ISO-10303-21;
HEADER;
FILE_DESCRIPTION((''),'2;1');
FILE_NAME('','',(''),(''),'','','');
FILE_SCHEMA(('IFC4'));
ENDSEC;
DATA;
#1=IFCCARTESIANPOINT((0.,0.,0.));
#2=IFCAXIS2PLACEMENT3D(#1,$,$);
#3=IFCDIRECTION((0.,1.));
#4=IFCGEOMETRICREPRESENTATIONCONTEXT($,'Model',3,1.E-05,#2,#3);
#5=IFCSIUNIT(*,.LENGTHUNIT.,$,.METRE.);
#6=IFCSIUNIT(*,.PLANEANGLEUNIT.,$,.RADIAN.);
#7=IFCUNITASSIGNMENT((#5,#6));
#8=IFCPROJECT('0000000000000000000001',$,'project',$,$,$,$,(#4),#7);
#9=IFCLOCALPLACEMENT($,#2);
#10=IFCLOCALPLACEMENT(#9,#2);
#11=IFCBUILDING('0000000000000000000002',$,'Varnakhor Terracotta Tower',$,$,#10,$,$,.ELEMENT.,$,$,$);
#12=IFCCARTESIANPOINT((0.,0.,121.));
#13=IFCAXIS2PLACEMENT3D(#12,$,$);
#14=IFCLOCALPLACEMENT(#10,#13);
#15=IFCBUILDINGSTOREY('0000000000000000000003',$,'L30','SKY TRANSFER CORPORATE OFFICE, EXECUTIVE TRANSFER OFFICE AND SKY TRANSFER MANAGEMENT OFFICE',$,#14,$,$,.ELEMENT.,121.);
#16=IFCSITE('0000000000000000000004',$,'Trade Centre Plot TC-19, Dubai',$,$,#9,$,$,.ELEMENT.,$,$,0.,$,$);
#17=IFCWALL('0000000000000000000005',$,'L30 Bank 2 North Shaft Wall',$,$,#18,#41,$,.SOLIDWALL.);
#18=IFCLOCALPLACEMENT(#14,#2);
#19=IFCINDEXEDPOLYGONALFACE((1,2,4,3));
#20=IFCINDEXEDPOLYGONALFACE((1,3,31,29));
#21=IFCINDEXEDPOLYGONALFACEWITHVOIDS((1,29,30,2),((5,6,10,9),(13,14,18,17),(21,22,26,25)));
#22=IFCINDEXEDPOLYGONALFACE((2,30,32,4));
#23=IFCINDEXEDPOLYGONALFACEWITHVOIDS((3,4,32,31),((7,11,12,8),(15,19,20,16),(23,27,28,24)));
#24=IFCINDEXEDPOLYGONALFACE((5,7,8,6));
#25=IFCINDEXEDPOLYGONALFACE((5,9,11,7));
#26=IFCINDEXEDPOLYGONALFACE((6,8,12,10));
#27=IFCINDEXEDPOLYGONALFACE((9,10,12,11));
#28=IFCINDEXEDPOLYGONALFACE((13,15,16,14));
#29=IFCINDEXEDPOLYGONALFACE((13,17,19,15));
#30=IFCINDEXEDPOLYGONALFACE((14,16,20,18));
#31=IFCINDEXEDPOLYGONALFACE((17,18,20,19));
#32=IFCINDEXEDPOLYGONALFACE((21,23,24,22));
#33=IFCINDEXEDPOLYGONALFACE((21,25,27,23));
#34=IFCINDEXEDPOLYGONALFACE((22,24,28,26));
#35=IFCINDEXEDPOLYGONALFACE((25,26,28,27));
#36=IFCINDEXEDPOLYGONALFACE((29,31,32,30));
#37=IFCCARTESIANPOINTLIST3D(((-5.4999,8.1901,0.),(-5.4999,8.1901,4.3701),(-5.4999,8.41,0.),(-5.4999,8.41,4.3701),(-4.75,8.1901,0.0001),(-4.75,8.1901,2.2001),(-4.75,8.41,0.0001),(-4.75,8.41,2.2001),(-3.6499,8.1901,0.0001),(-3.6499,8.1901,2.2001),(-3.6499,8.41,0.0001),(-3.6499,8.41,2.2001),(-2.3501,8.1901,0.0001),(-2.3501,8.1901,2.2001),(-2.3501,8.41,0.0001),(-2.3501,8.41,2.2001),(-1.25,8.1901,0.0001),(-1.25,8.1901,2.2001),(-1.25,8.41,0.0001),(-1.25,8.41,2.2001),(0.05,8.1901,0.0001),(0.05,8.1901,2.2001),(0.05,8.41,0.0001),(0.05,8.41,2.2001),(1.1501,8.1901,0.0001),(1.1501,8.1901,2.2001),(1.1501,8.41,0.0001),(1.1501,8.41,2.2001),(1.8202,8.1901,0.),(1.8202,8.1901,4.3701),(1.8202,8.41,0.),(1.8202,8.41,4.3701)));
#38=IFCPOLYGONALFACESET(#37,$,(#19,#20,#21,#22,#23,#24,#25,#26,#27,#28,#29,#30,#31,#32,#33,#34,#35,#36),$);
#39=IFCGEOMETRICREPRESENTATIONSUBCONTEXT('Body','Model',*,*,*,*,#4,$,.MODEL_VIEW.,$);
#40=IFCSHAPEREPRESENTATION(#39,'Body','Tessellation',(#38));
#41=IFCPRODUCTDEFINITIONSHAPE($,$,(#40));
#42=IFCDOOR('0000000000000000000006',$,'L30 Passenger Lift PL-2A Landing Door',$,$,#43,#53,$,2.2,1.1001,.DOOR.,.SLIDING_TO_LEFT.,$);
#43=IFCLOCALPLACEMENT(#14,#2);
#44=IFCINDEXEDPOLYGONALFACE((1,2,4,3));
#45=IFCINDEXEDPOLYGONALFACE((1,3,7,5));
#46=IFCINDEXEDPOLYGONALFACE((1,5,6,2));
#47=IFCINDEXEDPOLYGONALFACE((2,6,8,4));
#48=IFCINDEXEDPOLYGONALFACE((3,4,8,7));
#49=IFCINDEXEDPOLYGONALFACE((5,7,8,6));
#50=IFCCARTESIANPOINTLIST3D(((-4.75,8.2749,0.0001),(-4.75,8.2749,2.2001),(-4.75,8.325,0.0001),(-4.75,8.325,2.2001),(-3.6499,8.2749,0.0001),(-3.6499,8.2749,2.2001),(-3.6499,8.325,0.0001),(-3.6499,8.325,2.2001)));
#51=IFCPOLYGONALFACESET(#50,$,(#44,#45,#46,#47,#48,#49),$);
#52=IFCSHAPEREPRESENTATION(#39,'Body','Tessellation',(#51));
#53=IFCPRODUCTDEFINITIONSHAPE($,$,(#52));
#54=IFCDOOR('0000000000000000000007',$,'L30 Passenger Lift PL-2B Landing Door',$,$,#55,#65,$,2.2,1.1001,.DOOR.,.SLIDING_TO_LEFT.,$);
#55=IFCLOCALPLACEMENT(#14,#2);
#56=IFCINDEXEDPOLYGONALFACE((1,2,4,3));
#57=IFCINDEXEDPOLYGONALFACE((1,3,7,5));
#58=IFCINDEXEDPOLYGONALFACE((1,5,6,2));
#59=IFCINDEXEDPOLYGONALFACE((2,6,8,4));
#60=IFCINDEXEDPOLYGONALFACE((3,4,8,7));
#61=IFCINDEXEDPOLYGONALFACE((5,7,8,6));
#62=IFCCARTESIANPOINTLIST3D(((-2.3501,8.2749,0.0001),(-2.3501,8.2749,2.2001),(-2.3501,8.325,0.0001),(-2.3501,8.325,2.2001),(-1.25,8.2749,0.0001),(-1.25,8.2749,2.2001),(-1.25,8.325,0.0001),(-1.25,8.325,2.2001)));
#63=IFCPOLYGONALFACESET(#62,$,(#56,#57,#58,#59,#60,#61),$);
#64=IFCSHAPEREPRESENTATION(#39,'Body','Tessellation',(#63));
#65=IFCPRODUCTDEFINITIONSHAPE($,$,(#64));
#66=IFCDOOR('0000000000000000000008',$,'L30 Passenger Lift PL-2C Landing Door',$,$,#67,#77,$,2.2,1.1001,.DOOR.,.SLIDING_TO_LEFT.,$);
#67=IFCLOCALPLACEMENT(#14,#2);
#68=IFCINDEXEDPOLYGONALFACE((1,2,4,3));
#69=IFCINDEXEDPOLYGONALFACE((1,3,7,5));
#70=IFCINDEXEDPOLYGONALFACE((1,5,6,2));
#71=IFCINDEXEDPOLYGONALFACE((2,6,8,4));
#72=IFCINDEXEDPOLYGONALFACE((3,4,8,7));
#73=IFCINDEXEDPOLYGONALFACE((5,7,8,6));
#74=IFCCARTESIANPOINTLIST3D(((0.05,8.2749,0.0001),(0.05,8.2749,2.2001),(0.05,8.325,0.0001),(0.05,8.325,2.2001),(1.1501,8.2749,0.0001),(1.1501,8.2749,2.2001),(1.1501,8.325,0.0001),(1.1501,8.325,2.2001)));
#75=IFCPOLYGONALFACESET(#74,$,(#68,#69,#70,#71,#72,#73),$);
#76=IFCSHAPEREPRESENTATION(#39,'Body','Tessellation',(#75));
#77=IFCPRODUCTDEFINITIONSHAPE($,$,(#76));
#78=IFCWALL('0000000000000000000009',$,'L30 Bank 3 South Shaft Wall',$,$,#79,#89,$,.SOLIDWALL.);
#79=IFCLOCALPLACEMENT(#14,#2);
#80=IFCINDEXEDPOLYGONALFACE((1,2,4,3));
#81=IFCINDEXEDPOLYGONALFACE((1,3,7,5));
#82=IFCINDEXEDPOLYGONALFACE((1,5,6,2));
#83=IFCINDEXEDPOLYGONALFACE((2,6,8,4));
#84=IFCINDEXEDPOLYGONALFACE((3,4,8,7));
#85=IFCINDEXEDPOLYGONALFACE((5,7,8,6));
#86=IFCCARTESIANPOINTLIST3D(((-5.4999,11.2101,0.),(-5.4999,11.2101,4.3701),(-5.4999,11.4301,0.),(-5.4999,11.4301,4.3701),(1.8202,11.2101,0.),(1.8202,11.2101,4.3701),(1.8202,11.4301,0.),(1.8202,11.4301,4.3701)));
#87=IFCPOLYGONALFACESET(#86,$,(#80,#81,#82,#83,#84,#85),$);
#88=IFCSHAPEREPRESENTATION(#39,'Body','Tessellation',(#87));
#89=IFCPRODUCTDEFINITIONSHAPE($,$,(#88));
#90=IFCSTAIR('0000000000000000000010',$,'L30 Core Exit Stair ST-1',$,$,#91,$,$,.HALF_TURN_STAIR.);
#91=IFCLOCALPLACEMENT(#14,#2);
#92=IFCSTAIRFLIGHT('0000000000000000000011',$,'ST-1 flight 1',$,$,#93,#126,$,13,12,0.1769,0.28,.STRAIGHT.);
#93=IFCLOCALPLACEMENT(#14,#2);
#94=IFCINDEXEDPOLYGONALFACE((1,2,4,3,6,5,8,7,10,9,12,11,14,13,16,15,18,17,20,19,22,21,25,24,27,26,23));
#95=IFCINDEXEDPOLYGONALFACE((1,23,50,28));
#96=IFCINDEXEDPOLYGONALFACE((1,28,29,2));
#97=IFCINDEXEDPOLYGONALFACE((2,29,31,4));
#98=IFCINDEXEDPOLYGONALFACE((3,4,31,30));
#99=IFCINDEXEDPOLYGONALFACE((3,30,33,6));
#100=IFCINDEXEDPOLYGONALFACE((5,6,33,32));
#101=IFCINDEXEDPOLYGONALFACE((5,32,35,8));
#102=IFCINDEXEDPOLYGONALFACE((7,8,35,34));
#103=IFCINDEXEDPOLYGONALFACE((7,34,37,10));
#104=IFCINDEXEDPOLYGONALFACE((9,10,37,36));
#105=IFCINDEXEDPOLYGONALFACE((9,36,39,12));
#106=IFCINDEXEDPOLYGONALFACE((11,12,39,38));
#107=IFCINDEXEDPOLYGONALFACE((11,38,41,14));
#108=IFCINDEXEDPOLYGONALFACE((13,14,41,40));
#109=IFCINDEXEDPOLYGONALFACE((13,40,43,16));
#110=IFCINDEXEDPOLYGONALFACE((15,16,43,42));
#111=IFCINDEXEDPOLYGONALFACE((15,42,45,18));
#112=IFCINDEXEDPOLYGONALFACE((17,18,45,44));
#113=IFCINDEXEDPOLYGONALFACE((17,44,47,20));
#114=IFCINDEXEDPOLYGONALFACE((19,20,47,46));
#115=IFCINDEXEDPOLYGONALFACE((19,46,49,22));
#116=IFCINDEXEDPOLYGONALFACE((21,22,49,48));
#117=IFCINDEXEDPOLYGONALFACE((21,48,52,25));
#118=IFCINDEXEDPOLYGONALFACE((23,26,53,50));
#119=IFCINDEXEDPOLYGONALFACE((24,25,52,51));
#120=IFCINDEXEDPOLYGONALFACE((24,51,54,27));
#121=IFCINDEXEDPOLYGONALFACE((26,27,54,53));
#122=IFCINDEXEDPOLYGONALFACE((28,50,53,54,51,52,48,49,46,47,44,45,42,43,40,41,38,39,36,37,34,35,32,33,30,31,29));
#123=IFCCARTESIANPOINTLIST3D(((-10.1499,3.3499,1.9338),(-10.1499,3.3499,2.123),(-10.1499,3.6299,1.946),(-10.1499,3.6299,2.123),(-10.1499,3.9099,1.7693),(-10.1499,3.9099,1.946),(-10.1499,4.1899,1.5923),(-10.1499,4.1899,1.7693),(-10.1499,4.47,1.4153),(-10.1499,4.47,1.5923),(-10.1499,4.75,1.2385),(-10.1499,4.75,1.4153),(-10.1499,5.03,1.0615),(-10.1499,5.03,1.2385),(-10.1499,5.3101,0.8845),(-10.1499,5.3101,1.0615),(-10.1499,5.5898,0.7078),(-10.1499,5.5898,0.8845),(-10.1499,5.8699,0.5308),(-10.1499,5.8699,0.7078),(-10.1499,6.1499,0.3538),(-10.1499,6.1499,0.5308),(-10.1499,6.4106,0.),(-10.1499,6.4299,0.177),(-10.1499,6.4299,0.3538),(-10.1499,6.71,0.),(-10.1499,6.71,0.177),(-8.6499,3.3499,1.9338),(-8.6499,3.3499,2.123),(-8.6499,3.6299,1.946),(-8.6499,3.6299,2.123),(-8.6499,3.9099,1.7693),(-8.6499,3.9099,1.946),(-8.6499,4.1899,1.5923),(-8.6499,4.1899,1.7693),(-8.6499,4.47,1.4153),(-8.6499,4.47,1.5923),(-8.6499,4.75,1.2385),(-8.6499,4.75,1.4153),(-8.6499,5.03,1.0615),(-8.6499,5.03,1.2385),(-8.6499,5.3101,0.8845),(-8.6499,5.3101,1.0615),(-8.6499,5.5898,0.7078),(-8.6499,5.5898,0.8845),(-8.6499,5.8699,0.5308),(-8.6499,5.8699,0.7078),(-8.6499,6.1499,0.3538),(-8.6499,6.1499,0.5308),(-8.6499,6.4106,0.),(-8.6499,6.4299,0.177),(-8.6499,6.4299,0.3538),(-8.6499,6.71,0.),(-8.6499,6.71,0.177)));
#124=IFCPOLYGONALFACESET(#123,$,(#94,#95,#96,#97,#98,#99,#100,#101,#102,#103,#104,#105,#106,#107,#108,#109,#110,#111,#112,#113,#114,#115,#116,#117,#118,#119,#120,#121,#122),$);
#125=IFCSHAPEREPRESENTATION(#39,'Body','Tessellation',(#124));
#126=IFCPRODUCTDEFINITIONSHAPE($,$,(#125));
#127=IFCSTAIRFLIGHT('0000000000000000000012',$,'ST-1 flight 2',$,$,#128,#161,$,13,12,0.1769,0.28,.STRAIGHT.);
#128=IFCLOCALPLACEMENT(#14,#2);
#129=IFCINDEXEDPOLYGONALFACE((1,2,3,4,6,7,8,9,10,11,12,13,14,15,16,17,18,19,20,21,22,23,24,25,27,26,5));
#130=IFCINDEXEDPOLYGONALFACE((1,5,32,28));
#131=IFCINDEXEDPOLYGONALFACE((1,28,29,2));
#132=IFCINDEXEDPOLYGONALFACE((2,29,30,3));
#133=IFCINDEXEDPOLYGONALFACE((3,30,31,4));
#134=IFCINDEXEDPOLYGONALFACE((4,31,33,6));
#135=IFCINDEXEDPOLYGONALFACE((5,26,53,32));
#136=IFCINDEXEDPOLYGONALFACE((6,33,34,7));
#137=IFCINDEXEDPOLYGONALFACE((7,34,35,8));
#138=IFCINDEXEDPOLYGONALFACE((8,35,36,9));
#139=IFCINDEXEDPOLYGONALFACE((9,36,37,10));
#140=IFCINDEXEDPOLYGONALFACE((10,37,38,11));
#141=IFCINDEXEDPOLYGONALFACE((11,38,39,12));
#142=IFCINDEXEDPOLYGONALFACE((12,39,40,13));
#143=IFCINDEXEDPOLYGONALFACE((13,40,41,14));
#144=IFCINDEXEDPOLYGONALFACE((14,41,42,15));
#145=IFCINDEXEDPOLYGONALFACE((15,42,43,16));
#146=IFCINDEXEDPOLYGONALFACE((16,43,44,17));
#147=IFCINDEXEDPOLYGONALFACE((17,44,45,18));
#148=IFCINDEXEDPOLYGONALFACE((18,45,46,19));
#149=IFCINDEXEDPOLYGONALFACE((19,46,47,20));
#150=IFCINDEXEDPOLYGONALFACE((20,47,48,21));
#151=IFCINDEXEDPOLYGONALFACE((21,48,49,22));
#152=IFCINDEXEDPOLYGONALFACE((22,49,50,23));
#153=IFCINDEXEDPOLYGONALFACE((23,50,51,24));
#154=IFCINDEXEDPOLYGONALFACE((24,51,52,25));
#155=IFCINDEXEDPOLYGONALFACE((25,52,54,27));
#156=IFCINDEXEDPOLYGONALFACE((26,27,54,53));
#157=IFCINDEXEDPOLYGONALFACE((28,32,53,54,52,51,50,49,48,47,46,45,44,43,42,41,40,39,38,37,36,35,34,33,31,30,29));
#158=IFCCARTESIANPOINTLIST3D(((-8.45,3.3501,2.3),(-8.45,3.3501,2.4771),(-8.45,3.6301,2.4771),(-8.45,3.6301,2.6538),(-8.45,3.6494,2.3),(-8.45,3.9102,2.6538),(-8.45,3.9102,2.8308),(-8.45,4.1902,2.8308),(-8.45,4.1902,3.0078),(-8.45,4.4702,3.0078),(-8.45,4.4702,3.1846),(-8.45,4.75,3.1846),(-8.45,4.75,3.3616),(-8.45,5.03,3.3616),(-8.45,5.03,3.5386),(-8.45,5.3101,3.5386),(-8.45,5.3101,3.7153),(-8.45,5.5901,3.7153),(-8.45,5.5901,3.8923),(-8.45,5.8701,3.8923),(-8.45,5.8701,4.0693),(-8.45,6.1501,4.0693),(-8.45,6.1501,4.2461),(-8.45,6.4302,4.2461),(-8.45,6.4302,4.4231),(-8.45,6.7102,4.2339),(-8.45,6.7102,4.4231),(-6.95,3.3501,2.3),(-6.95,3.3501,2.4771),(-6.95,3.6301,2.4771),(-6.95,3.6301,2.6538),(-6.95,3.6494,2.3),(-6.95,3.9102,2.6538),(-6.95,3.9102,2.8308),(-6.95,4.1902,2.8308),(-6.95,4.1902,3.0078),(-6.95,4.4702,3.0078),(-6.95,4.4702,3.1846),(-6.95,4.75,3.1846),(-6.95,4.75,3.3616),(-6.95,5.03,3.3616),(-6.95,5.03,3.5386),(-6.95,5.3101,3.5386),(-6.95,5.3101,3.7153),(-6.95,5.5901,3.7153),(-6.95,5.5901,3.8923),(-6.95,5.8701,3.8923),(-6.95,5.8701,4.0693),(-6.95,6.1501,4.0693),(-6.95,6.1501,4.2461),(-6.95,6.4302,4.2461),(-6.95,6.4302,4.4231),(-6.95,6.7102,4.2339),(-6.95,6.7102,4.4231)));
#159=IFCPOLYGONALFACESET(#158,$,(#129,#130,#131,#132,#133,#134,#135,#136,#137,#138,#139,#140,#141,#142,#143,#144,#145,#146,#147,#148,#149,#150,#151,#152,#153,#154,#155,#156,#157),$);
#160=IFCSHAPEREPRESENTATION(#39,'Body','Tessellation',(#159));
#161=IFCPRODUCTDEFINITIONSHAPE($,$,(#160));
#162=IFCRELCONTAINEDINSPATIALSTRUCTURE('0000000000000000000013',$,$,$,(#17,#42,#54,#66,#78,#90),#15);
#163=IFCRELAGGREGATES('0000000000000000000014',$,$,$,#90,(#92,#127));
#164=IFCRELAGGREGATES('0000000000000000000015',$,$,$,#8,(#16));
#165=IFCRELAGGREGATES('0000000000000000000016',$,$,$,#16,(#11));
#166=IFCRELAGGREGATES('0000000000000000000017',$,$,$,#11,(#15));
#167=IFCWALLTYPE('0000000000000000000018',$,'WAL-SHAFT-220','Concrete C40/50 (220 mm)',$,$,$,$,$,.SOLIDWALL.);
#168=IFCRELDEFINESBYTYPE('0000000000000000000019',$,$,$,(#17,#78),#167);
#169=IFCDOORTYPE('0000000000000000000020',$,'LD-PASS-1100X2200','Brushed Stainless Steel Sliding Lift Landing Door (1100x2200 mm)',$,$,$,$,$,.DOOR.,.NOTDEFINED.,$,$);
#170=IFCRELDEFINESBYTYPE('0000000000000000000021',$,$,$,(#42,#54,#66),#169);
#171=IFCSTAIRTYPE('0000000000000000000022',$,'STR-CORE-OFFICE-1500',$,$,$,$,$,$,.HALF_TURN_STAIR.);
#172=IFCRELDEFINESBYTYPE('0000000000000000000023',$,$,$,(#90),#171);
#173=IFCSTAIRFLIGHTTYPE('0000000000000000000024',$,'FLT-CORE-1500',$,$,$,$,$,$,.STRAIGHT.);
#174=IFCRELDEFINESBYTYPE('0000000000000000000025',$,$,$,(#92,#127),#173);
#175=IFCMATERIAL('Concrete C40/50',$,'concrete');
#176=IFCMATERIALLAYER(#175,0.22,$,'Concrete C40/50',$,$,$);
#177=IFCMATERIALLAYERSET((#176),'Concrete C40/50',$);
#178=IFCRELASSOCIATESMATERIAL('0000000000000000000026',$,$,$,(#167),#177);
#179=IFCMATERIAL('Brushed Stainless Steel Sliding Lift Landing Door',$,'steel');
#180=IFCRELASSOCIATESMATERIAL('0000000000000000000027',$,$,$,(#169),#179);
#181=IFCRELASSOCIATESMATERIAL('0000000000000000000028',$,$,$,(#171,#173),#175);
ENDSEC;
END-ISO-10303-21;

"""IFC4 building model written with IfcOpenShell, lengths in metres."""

from ifc_helpers import new_model, si_unit, direction, frame, frame_2d, origin, place, context, subcontext, project, spatial, polyline, rectangle, outline, extrude, source, transform, mapped, material, layer, layer_set, type_object, type_shapes, element, fill, aggregate, save


model = new_model("IFC4")

# Units and contexts
model_context = context("Model", 3, precision=1e-05, world=origin(), true_north=direction((0.0, 1.0)))
body_context = subcontext(model_context, "Body", "Model", "MODEL_VIEW")
ifc_project = project(units=[si_unit("LENGTHUNIT", "METRE"), si_unit("PLANEANGLEUNIT", "RADIAN")], contexts=[model_context])

# Site, building, storey
site_placement = place(None, origin())
site = spatial("IfcSite", under=ifc_project, at=site_placement, Name="Trade Centre Plot TC-19, Dubai", CompositionType="ELEMENT", RefElevation=0.0)
building_placement = place(site_placement, origin())
building = spatial("IfcBuilding", under=site, at=building_placement, Name="Varnakhor Terracotta Tower", CompositionType="ELEMENT")
storey_placement = place(building_placement, frame((0.0, 0.0, 121.0)))
storey = spatial("IfcBuildingStorey", under=building, at=storey_placement, Name="L30", Description="SKY TRANSFER CORPORATE OFFICE, EXECUTIVE TRANSFER OFFICE AND SKY TRANSFER MANAGEMENT OFFICE", CompositionType="ELEMENT", Elevation=121.0)

# Shared definitions
ifc_material_1 = material(Name="Concrete C40/50", Category="concrete")

# Shared definitions
ifc_layer_1 = layer(ifc_material_1, 0.22, Name="Concrete C40/50")
ifc_layer_set_1 = layer_set([ifc_layer_1], Name="Concrete C40/50")
wall_type_1 = type_object("IfcWallType", Name="WAL-SHAFT-220", Description="Concrete C40/50 (220 mm)", PredefinedType="SOLIDWALL", material=ifc_layer_set_1)

# Wall, openings, doors
wall_1_placement = place(storey_placement, frame((-5.5, 8.3, 0.0), z_axis=(0.0, 0.0, 1.0), x_axis=(1.0, 0.0, 0.0)))
wall_1 = element("IfcWall", 1, at=wall_1_placement, inside=storey, type_object=wall_type_1, Name="L30 Bank 2 North Shaft Wall", PredefinedType="SOLIDWALL", context=body_context, shape_type="SweptSolid", body=[
    extrude(rectangle(XDim=7.3201, YDim=0.22, at=frame_2d((3.6602, 0.0))), origin(), (0.0, 0.0, 1.0), 4.3701),
])
opening_1_placement = place(wall_1_placement, frame((0.75, 0.0, 0.0)))
opening_1 = element("IfcOpeningElement", 2, at=opening_1_placement, cuts=wall_1, PredefinedType="OPENING", context=body_context, shape_type="SweptSolid", body=[
    extrude(rectangle(XDim=1.1001, YDim=2.2, at=frame_2d((0.55, 1.1001))), frame((0.0, 0.1201, 0.0), z_axis=(0.0, -1.0, 0.0), x_axis=(1.0, 0.0, 0.0)), (0.0, 0.0, 1.0), 0.24),
])
opening_2_placement = place(wall_1_placement, frame((3.1499, 0.0, 0.0)))
opening_2 = element("IfcOpeningElement", 3, at=opening_2_placement, cuts=wall_1, PredefinedType="OPENING", context=body_context, shape_type="SweptSolid", body=[
    extrude(rectangle(XDim=1.1001, YDim=2.2, at=frame_2d((0.55, 1.1001))), frame((0.0, 0.1201, 0.0), z_axis=(0.0, -1.0, 0.0), x_axis=(1.0, 0.0, 0.0)), (0.0, 0.0, 1.0), 0.24),
])
opening_3_placement = place(wall_1_placement, frame((5.55, 0.0, 0.0)))
opening_3 = element("IfcOpeningElement", 4, at=opening_3_placement, cuts=wall_1, PredefinedType="OPENING", context=body_context, shape_type="SweptSolid", body=[
    extrude(rectangle(XDim=1.1001, YDim=2.2, at=frame_2d((0.55, 1.1001))), frame((0.0, 0.1201, 0.0), z_axis=(0.0, -1.0, 0.0), x_axis=(1.0, 0.0, 0.0)), (0.0, 0.0, 1.0), 0.24),
])
ifc_material_2 = material(Name="Brushed Stainless Steel Sliding Lift Landing Door", Category="steel")
door_type_1 = type_object("IfcDoorType", Name="LD-PASS-1100X2200", Description="Brushed Stainless Steel Sliding Lift Landing Door (1100x2200 mm)", OperationType="NOTDEFINED", PredefinedType="DOOR", material=ifc_material_2)
shared_shape_1 = source(origin(), body_context, "Body", "SweptSolid", [
    extrude(rectangle(XDim=1.1001, YDim=2.2, at=frame_2d((0.55, 1.1001))), frame((0.0, 0.0249, 0.0), z_axis=(0.0, -1.0, 0.0), x_axis=(1.0, 0.0, 0.0)), (0.0, 0.0, 1.0), 0.05),
])
type_shapes(door_type_1, [shared_shape_1])
door_1_placement = place(opening_1_placement, origin())
door_1 = element("IfcDoor", 5, at=door_1_placement, inside=storey, type_object=door_type_1, Name="L30 Passenger Lift PL-2A Landing Door", OperationType="SLIDING_TO_LEFT", OverallHeight=2.2, OverallWidth=1.1001, PredefinedType="DOOR", context=body_context, shape_type="MappedRepresentation", body=[
    mapped(shared_shape_1, transform((0.0, 0.0, 0.0), scale=1.0)),
])
fill(opening_1, door_1)
door_2_placement = place(opening_2_placement, origin())
door_2 = element("IfcDoor", 6, at=door_2_placement, inside=storey, type_object=door_type_1, Name="L30 Passenger Lift PL-2B Landing Door", OperationType="SLIDING_TO_LEFT", OverallHeight=2.2, OverallWidth=1.1001, PredefinedType="DOOR", context=body_context, shape_type="MappedRepresentation", body=[
    mapped(shared_shape_1, transform((0.0, 0.0, 0.0), scale=1.0)),
])
fill(opening_2, door_2)
door_3_placement = place(opening_3_placement, origin())
door_3 = element("IfcDoor", 7, at=door_3_placement, inside=storey, type_object=door_type_1, Name="L30 Passenger Lift PL-2C Landing Door", OperationType="SLIDING_TO_LEFT", OverallHeight=2.2, OverallWidth=1.1001, PredefinedType="DOOR", context=body_context, shape_type="MappedRepresentation", body=[
    mapped(shared_shape_1, transform((0.0, 0.0, 0.0), scale=1.0)),
])
fill(opening_3, door_3)

# Wall
wall_2_placement = place(storey_placement, frame((-5.5, 11.3201, 0.0), z_axis=(0.0, 0.0, 1.0), x_axis=(1.0, 0.0, 0.0)))
element("IfcWall", 8, at=wall_2_placement, inside=storey, type_object=wall_type_1, Name="L30 Bank 3 South Shaft Wall", PredefinedType="SOLIDWALL", context=body_context, shape_type="SweptSolid", body=[
    extrude(rectangle(XDim=7.3201, YDim=0.22, at=frame_2d((3.6602, 0.0))), origin(), (0.0, 0.0, 1.0), 4.3701),
])

# Stair, stair flights
stair_type = type_object("IfcStairType", Name="STR-CORE-OFFICE-1500", PredefinedType="HALF_TURN_STAIR", material=ifc_material_1)
stair_placement = place(storey_placement, origin())
stair = element("IfcStair", 9, at=stair_placement, inside=storey, type_object=stair_type, Name="L30 Core Exit Stair ST-1", PredefinedType="HALF_TURN_STAIR")
stair_flight_type = type_object("IfcStairFlightType", Name="FLT-CORE-1500", PredefinedType="STRAIGHT", material=ifc_material_1)
stair_flight_1_placement = place(storey_placement, frame((-9.3999, 6.71, 0.0), z_axis=(0.0, 0.0, 1.0), x_axis=(0.0, -1.0, 0.0)))
stair_flight_1 = element("IfcStairFlight", 10, at=stair_flight_1_placement, type_object=stair_flight_type, Name="ST-1 flight 1", NumberOfRisers=13, NumberOfTreads=12, PredefinedType="STRAIGHT", RiserHeight=0.1769, TreadLength=0.28, context=body_context, shape_type="SweptSolid", body=[
    extrude(outline(polyline([(0.0, 0.0), (0.0, 0.177), (0.28, 0.177), (0.28, 0.3538), (0.5601, 0.3538), (0.5601, 0.5308), (0.8401, 0.5308), (0.8401, 0.7078), (1.1201, 0.7078), (1.1201, 0.8845), (1.3999, 0.8845), (1.3999, 1.0615), (1.6799, 1.0615), (1.6799, 1.2385), (1.96, 1.2385), (1.96, 1.4153), (2.24, 1.4153), (2.24, 1.5923), (2.52, 1.5923), (2.52, 1.7693), (2.8, 1.7693), (2.8, 1.946), (3.0801, 1.946), (3.0801, 2.123), (3.3601, 2.123), (3.3601, 2.3), (3.3601, 1.9338), (0.2993, 0.0), (0.0, 0.0)])), frame((0.0, 0.75, 0.0), z_axis=(0.0, -1.0, 0.0), x_axis=(1.0, 0.0, 0.0)), (0.0, 0.0, 1.0), 1.5),
])
stair_flight_2_placement = place(storey_placement, frame((-7.7, 3.3501, 2.3), z_axis=(0.0, 0.0, 1.0), x_axis=(0.0, 1.0, 0.0)))
stair_flight_2 = element("IfcStairFlight", 11, at=stair_flight_2_placement, type_object=stair_flight_type, Name="ST-1 flight 2", NumberOfRisers=13, NumberOfTreads=12, PredefinedType="STRAIGHT", RiserHeight=0.1769, TreadLength=0.28, context=body_context, shape_type="SweptSolid", body=[
    extrude(outline(polyline([(0.0, 0.0), (0.0, 0.177), (0.28, 0.177), (0.28, 0.3538), (0.5601, 0.3538), (0.5601, 0.5308), (0.8401, 0.5308), (0.8401, 0.7078), (1.1201, 0.7078), (1.1201, 0.8845), (1.3999, 0.8845), (1.3999, 1.0615), (1.6799, 1.0615), (1.6799, 1.2385), (1.96, 1.2385), (1.96, 1.4153), (2.24, 1.4153), (2.24, 1.5923), (2.52, 1.5923), (2.52, 1.7693), (2.8, 1.7693), (2.8, 1.946), (3.0801, 1.946), (3.0801, 2.123), (3.3601, 2.123), (3.3601, 2.3), (3.3601, 1.9338), (0.2993, 0.0), (0.0, 0.0)])), frame((0.0, 0.75, 0.0), z_axis=(0.0, -1.0, 0.0), x_axis=(1.0, 0.0, 0.0)), (0.0, 0.0, 1.0), 1.5),
])
aggregate(stair, [stair_flight_1, stair_flight_2])

save(model, "model.ifc")
